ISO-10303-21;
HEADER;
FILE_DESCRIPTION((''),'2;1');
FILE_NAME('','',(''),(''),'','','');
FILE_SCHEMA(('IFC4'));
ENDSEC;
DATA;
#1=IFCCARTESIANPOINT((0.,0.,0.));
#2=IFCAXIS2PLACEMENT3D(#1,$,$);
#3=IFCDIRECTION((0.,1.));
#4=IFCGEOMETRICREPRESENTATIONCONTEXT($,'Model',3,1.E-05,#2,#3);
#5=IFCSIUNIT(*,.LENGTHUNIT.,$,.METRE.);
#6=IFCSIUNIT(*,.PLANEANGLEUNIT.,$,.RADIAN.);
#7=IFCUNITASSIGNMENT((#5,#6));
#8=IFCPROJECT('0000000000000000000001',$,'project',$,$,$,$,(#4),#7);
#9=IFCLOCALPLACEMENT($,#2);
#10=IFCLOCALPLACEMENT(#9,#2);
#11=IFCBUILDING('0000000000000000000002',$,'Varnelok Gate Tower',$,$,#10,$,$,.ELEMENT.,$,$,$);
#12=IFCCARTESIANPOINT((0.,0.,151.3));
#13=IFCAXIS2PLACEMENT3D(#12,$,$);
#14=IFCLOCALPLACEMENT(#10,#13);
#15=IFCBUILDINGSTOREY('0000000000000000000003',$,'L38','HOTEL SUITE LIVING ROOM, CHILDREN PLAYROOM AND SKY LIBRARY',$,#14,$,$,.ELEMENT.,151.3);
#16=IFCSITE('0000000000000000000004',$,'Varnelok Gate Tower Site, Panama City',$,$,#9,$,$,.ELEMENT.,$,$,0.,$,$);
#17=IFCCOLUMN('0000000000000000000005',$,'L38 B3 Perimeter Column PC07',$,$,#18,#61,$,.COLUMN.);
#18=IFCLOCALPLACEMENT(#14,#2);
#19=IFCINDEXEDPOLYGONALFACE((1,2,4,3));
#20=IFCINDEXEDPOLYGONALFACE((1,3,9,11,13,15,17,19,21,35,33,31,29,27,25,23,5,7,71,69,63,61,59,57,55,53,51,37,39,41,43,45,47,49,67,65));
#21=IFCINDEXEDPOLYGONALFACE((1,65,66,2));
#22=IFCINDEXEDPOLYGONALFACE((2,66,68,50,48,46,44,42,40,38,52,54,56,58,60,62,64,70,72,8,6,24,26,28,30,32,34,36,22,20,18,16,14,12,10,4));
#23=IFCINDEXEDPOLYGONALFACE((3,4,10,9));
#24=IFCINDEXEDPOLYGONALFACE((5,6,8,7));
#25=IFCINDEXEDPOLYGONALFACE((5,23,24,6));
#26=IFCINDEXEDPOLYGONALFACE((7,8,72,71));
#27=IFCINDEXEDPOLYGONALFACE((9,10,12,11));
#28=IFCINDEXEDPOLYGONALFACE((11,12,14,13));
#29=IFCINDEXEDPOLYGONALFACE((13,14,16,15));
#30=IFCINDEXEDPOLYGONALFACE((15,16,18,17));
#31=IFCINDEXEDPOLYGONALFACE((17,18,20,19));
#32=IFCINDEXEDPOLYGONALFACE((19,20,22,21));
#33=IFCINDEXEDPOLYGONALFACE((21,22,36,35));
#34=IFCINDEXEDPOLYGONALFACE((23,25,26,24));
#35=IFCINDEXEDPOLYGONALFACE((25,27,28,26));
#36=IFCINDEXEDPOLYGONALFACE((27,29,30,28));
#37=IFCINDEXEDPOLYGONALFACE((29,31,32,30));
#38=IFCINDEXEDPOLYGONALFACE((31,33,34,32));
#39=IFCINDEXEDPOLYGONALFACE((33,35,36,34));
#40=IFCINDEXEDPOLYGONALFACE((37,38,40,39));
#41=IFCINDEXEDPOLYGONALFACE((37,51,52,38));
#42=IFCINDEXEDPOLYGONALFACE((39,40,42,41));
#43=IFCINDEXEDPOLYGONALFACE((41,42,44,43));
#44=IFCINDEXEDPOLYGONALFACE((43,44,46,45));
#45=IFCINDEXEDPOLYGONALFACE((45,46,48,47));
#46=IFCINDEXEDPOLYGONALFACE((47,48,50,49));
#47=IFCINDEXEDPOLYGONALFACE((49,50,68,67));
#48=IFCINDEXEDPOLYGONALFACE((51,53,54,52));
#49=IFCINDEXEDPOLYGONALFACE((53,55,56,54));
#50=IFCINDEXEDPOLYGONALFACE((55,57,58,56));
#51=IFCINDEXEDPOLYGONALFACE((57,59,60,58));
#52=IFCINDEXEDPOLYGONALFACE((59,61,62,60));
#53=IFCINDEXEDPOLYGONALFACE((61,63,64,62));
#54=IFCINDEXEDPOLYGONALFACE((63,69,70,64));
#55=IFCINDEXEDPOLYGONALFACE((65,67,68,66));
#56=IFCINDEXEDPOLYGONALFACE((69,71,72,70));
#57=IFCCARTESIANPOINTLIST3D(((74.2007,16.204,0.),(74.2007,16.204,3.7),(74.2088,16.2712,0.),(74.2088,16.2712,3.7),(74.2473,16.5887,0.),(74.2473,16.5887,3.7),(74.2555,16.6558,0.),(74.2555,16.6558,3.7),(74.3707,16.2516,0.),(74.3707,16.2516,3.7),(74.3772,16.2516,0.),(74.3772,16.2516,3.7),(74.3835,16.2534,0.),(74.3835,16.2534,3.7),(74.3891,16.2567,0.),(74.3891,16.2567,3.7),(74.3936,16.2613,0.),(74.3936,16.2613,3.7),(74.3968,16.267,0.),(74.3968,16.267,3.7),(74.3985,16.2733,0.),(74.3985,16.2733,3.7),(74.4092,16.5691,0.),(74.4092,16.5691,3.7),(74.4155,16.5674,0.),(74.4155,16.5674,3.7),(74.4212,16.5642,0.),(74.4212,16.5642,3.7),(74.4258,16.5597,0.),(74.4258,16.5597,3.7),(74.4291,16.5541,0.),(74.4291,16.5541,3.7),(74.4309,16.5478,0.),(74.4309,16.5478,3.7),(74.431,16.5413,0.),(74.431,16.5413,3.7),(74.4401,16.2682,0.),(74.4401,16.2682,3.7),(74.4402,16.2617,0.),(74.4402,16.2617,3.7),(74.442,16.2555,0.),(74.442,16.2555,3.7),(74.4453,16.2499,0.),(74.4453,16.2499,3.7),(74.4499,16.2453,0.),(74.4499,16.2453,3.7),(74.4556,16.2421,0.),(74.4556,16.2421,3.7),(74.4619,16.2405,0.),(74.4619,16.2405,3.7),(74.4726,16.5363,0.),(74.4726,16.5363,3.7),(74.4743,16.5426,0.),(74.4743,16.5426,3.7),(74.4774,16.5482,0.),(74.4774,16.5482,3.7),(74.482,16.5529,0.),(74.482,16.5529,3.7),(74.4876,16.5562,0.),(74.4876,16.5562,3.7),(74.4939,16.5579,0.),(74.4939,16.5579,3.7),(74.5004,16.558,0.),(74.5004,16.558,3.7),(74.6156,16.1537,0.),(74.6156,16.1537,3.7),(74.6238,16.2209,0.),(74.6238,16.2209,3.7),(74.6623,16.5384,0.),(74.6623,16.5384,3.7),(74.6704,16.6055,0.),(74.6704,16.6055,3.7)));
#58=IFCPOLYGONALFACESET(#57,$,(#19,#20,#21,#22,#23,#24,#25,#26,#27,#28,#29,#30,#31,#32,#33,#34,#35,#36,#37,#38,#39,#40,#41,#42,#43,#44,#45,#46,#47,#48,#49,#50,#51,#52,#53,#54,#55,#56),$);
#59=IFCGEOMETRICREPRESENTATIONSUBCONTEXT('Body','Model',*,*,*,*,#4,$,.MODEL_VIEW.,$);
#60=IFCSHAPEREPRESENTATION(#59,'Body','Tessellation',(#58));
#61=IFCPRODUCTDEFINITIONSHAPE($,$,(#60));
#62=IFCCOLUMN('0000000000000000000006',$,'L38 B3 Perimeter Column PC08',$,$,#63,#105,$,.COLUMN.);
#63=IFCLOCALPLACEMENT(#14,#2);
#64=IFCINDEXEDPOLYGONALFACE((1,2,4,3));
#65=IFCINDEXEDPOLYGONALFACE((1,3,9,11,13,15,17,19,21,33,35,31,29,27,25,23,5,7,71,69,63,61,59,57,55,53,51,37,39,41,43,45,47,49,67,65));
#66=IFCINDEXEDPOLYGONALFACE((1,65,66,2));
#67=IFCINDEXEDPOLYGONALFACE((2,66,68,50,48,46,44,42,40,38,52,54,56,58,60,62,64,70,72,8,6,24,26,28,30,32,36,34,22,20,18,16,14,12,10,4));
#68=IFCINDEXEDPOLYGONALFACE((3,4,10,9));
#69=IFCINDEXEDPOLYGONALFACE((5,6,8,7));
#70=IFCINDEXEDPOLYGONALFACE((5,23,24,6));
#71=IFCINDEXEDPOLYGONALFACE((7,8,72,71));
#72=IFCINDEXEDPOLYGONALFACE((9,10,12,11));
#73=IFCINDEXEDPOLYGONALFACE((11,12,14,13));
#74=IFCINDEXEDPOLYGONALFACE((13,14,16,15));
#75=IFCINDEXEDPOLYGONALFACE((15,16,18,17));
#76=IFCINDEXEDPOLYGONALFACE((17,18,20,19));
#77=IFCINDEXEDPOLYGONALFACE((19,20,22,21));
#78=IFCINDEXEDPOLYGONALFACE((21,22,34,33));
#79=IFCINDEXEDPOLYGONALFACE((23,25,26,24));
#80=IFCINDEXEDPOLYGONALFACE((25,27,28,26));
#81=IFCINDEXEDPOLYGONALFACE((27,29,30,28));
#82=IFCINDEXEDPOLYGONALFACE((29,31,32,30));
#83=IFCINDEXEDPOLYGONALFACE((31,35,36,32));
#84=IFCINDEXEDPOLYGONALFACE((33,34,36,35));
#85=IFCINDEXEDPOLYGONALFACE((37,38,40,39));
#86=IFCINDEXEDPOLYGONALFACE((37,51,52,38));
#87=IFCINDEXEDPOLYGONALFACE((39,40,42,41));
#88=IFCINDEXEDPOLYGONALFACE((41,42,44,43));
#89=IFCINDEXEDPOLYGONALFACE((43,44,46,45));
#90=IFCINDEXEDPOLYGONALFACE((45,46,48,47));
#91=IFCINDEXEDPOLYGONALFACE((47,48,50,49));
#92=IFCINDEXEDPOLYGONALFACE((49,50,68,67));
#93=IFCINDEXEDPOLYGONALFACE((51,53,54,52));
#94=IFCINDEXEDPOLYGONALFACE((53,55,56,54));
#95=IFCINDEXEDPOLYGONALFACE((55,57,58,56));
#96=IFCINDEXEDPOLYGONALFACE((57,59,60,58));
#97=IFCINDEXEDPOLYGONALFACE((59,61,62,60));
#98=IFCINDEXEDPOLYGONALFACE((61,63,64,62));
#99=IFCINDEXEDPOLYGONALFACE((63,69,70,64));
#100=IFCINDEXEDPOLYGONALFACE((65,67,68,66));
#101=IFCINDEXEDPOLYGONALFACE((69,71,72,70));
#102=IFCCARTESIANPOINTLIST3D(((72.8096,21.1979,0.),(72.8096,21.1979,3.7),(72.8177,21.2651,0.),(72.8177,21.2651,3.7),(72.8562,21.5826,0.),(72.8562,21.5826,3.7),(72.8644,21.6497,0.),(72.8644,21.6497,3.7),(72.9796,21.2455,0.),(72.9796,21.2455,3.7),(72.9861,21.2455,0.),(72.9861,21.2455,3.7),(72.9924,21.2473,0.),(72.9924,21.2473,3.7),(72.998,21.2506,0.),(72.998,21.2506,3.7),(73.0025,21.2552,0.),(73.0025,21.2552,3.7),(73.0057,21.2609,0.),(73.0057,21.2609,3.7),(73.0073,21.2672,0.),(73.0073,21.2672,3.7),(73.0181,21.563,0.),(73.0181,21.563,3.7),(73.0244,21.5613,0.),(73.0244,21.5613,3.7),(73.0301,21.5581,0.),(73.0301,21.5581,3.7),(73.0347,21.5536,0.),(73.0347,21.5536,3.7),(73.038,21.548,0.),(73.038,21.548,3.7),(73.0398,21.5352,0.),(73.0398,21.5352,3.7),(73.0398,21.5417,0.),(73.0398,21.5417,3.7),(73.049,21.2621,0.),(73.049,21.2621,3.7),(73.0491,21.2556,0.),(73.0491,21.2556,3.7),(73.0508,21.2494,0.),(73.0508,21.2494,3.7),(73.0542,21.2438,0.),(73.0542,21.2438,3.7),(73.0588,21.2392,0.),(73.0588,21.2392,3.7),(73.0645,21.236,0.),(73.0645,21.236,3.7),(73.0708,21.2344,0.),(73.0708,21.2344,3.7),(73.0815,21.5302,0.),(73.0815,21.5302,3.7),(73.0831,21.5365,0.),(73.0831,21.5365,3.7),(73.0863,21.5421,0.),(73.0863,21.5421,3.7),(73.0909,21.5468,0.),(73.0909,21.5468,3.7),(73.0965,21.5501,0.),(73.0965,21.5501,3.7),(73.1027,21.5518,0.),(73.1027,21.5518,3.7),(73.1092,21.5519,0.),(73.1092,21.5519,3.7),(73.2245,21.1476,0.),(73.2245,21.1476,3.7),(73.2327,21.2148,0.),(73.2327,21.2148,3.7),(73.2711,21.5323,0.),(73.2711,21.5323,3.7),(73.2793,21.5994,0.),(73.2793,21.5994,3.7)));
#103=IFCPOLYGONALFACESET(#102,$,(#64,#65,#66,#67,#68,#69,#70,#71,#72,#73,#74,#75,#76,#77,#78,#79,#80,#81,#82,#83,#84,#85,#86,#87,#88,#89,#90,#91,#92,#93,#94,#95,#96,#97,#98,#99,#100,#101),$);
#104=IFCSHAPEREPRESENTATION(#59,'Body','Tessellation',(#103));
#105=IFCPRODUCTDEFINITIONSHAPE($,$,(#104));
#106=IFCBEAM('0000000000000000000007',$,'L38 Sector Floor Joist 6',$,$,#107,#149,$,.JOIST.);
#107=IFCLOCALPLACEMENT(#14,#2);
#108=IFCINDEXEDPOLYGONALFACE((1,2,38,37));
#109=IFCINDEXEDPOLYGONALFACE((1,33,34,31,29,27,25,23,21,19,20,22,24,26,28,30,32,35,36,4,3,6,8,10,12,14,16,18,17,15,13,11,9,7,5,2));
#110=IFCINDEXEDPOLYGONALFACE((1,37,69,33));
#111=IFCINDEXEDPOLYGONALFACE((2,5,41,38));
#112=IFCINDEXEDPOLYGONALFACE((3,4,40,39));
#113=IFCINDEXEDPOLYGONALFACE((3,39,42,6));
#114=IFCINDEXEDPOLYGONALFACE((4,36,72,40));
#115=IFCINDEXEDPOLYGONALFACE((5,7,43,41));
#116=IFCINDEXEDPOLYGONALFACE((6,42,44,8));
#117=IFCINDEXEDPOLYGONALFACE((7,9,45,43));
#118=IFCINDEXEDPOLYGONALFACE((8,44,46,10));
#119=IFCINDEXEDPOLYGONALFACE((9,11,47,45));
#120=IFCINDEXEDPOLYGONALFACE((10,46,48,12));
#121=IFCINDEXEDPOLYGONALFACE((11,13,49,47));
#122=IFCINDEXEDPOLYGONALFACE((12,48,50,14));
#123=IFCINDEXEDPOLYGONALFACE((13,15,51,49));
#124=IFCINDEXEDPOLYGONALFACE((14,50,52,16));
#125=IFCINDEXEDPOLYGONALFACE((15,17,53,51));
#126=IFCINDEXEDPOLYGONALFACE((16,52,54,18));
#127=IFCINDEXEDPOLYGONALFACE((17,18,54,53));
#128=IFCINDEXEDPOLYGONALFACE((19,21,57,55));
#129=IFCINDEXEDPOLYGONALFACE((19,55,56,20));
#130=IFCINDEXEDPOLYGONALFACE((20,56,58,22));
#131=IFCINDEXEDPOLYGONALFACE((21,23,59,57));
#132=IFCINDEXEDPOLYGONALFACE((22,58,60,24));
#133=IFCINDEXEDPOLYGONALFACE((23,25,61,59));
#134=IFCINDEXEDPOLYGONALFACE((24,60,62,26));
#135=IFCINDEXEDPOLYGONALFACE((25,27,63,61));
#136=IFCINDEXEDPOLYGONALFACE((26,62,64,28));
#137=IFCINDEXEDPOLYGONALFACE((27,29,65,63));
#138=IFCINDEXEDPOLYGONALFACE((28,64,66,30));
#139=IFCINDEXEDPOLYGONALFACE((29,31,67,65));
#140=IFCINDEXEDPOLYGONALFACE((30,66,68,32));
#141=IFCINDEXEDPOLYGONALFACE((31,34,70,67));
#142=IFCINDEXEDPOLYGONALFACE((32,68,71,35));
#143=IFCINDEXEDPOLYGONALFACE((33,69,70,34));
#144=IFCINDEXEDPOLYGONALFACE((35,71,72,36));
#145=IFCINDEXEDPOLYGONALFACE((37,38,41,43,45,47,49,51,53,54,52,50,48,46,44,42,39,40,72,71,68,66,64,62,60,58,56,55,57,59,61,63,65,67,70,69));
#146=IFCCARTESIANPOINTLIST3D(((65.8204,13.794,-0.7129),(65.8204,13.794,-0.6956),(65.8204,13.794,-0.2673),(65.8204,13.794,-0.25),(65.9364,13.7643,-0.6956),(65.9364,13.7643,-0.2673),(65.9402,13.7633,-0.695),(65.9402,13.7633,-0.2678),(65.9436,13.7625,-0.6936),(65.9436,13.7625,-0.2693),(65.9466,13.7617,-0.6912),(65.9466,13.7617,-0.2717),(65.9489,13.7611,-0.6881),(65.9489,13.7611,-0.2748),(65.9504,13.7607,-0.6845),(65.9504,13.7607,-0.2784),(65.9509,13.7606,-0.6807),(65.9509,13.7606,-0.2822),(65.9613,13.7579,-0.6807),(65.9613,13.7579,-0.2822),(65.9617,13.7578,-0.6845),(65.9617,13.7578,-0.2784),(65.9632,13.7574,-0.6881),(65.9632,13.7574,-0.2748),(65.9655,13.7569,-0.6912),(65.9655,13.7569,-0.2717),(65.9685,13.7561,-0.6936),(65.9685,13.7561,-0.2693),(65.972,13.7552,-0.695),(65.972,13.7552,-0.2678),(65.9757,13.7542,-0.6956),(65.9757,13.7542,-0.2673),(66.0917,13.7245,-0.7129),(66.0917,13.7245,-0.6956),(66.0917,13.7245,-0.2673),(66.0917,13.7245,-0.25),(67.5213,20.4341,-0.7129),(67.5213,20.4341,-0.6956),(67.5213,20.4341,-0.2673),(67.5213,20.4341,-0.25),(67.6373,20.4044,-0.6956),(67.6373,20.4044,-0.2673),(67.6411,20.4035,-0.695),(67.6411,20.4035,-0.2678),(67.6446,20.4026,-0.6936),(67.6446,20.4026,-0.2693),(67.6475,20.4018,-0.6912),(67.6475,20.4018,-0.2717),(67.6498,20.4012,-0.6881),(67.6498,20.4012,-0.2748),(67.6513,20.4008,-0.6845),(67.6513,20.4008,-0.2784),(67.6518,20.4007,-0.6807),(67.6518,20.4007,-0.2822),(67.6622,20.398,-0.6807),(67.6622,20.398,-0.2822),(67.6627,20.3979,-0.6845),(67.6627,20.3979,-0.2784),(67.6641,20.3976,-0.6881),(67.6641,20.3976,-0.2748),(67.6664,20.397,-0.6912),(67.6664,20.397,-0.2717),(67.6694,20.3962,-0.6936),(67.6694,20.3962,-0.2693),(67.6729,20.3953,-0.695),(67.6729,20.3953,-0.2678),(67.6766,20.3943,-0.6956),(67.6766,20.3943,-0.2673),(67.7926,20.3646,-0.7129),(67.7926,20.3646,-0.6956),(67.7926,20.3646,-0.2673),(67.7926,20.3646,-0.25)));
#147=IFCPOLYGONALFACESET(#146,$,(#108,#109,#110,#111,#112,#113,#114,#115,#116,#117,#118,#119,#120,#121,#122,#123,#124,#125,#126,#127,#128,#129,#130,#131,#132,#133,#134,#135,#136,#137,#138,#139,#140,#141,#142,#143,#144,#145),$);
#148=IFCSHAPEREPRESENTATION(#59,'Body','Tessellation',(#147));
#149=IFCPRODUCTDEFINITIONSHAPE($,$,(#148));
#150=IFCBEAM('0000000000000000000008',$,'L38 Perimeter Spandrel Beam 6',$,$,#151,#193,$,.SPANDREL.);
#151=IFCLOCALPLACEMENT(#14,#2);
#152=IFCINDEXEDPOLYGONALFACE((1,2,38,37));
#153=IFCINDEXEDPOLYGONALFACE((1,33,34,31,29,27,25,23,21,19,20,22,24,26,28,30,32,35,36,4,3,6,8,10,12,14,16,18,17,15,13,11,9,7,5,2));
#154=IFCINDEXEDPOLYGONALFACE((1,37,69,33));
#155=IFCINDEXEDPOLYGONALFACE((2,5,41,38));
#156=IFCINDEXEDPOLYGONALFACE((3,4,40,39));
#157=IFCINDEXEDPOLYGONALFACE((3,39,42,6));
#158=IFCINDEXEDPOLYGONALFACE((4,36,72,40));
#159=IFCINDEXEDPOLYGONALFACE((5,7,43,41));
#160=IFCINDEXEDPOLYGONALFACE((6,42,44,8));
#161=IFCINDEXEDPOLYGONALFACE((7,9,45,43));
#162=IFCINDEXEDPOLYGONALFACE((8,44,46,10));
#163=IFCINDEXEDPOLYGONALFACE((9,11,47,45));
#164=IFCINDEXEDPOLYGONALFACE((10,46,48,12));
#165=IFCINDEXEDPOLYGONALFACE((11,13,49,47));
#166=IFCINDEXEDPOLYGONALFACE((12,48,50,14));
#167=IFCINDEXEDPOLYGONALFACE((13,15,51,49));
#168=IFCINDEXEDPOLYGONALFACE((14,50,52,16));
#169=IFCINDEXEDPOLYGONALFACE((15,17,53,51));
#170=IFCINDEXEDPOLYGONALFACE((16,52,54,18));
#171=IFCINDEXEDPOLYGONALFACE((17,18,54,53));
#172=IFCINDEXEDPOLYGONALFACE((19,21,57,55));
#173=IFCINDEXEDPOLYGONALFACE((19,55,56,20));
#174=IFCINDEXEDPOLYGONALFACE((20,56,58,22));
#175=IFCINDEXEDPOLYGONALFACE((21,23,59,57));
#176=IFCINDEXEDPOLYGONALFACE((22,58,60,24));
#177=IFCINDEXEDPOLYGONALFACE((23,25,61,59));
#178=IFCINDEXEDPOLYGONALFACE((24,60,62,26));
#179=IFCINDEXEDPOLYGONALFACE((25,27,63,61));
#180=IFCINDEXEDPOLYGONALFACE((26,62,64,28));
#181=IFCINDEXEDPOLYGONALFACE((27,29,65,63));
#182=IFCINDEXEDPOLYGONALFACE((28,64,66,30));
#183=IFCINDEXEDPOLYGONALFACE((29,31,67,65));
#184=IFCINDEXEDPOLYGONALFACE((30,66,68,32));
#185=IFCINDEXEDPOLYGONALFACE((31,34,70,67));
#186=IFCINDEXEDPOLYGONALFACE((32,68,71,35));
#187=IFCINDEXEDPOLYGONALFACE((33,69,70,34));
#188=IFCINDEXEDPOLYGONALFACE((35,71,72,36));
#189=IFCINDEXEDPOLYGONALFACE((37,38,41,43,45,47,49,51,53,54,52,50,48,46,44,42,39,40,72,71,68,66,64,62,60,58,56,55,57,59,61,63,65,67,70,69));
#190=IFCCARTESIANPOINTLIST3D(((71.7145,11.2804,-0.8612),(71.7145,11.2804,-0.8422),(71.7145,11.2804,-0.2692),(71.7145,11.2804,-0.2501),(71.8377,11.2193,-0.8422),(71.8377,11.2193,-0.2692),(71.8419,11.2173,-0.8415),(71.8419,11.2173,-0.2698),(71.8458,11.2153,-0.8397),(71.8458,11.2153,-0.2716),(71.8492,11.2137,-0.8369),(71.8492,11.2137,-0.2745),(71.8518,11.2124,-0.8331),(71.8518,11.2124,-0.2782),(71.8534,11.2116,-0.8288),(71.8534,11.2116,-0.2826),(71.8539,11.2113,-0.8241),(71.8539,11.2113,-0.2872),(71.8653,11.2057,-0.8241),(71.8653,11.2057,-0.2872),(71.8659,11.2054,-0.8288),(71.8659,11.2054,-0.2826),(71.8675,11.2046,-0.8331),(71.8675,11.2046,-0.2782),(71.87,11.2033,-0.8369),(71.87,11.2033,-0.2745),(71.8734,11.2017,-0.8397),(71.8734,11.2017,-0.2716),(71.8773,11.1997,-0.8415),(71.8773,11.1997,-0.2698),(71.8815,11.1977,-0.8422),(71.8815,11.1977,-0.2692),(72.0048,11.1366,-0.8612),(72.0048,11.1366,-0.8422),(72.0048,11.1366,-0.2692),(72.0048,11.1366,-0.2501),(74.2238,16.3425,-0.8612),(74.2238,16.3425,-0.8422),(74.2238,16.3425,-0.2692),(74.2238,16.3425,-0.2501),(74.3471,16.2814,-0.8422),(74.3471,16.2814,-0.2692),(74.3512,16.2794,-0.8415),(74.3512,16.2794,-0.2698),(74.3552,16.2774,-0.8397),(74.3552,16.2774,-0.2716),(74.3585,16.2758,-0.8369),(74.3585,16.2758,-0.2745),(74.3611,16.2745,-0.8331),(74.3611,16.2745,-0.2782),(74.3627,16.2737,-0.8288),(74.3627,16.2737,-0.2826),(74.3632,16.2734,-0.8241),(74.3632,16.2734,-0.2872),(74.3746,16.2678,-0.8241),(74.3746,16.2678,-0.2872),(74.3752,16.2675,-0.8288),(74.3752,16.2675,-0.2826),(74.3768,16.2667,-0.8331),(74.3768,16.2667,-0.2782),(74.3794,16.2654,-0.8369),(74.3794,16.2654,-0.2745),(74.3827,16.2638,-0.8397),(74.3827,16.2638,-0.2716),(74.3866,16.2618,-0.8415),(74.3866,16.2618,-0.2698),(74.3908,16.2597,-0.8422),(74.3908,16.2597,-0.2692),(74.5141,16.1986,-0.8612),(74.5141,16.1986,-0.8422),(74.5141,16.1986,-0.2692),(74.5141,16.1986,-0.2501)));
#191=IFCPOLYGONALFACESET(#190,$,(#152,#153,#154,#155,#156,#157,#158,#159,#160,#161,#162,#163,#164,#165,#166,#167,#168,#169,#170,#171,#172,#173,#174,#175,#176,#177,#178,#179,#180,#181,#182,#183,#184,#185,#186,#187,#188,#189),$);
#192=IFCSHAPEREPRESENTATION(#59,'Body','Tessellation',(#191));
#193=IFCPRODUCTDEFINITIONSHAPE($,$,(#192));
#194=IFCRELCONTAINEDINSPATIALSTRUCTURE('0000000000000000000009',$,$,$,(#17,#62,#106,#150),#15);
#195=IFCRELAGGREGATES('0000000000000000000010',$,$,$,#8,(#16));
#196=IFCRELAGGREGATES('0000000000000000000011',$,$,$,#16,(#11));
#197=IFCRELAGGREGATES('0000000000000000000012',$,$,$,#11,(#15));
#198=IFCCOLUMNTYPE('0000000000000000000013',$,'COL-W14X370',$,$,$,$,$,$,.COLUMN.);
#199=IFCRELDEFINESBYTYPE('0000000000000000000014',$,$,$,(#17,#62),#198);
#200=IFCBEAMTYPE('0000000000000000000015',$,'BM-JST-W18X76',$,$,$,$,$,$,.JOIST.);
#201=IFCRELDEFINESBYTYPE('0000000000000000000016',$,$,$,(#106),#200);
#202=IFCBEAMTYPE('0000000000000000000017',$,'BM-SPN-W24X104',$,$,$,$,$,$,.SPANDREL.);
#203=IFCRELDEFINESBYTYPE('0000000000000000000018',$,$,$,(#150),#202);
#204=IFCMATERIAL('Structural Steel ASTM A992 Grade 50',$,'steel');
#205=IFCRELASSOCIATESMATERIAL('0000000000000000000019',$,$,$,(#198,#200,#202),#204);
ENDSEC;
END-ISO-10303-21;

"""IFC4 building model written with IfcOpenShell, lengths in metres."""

from ifc_helpers import new_model, si_unit, direction, frame, origin, origin_2d, place, context, subcontext, project, spatial, i_section, extrude, material, material_profile, profile_set, type_object, element, save


model = new_model("IFC4")

# Units and contexts
model_context = context("Model", 3, precision=1e-05, world=origin(), true_north=direction((0.0, 1.0)))
body_context = subcontext(model_context, "Body", "Model", "MODEL_VIEW")
ifc_project = project(units=[si_unit("LENGTHUNIT", "METRE"), si_unit("PLANEANGLEUNIT", "RADIAN")], contexts=[model_context])

# Site, building, storey
site_placement = place(None, origin())
site = spatial("IfcSite", under=ifc_project, at=site_placement, Name="Varnelok Gate Tower Site, Panama City", CompositionType="ELEMENT", RefElevation=0.0)
building_placement = place(site_placement, origin())
building = spatial("IfcBuilding", under=site, at=building_placement, Name="Varnelok Gate Tower", CompositionType="ELEMENT")
storey_placement = place(building_placement, frame((0.0, 0.0, 151.3)))
storey = spatial("IfcBuildingStorey", under=building, at=storey_placement, Name="L38", Description="HOTEL SUITE LIVING ROOM, CHILDREN PLAYROOM AND SKY LIBRARY", CompositionType="ELEMENT", Elevation=151.3)

# Columns
ifc_material_1 = material(Name="Structural Steel ASTM A992 Grade 50", Category="steel")
ifc_material_profile_1 = material_profile(ifc_material_1, i_section(OverallWidth=0.418, OverallDepth=0.4551, WebThickness=0.042, FlangeThickness=0.0676, FilletRadius=0.0249, at=origin_2d()), Name="W14X370")
ifc_profile_set_1 = profile_set([ifc_material_profile_1], Name="Structural Steel ASTM A992 Grade 50")
column_type = type_object("IfcColumnType", Name="COL-W14X370", PredefinedType="COLUMN", material=ifc_profile_set_1)
for number, where, z_axis, x_axis, name in (
    (1, (74.4355, 16.4048, 0.0), (0.0, 0.0, 1.0), (0.992732, -0.120345, 0.0), "L38 B3 Perimeter Column PC07"),
    (2, (73.0444, 21.3987, 0.0), (0.0, 0.0, 1.0), (0.992732, -0.120345, 0.0), "L38 B3 Perimeter Column PC08"),
):
    element("IfcColumn", number, at=place(storey_placement, frame(where, z_axis=z_axis, x_axis=x_axis)), inside=storey, type_object=column_type, Name=name, PredefinedType="COLUMN", context=body_context, shape_type="SweptSolid", body=[
        extrude(i_section(OverallWidth=0.418, OverallDepth=0.4551, WebThickness=0.042, FlangeThickness=0.0676, FilletRadius=0.0249, at=origin_2d()), origin(), (0.0, 0.0, 1.0), 3.7),
    ])

# Beams
ifc_material_profile_2 = material_profile(ifc_material_1, i_section(OverallWidth=0.28, OverallDepth=0.4629, WebThickness=0.0107, FlangeThickness=0.0173, FilletRadius=0.0149, at=origin_2d()), Name="W18X76")
ifc_profile_set_2 = profile_set([ifc_material_profile_2], Name="Structural Steel ASTM A992 Grade 50")
beam_type_1 = type_object("IfcBeamType", Name="BM-JST-W18X76", PredefinedType="JOIST", material=ifc_profile_set_2)
beam_1_placement = place(storey_placement, frame((65.9561, 13.7593, -0.4814), z_axis=(0.248147, 0.968723, 0.0), x_axis=(-0.968723, 0.248147, 0.0)))
element("IfcBeam", 3, at=beam_1_placement, inside=storey, type_object=beam_type_1, Name="L38 Sector Floor Joist 6", PredefinedType="JOIST", context=body_context, shape_type="SweptSolid", body=[
    extrude(i_section(OverallWidth=0.28, OverallDepth=0.4629, WebThickness=0.0107, FlangeThickness=0.0173, FilletRadius=0.0149, at=origin_2d()), origin(), (0.0, 0.0, 1.0), 6.8545),
])
ifc_material_profile_3 = material_profile(ifc_material_1, i_section(OverallWidth=0.324, OverallDepth=0.6111, WebThickness=0.0127, FlangeThickness=0.019, FilletRadius=0.0181, at=origin_2d()), Name="W24X104")
ifc_profile_set_3 = profile_set([ifc_material_profile_3], Name="Structural Steel ASTM A992 Grade 50")
beam_type_2 = type_object("IfcBeamType", Name="BM-SPN-W24X104", PredefinedType="SPANDREL", material=ifc_profile_set_3)
beam_2_placement = place(storey_placement, frame((71.8596, 11.2085, -0.5557), z_axis=(0.444134, 0.89596, 0.0), x_axis=(-0.89596, 0.444134, 0.0)))
element("IfcBeam", 4, at=beam_2_placement, inside=storey, type_object=beam_type_2, Name="L38 Perimeter Spandrel Beam 6", PredefinedType="SPANDREL", context=body_context, shape_type="SweptSolid", body=[
    extrude(i_section(OverallWidth=0.324, OverallDepth=0.6111, WebThickness=0.0127, FlangeThickness=0.019, FilletRadius=0.0181, at=origin_2d()), origin(), (0.0, 0.0, 1.0), 5.6499),
])

save(model, "model.ifc")
